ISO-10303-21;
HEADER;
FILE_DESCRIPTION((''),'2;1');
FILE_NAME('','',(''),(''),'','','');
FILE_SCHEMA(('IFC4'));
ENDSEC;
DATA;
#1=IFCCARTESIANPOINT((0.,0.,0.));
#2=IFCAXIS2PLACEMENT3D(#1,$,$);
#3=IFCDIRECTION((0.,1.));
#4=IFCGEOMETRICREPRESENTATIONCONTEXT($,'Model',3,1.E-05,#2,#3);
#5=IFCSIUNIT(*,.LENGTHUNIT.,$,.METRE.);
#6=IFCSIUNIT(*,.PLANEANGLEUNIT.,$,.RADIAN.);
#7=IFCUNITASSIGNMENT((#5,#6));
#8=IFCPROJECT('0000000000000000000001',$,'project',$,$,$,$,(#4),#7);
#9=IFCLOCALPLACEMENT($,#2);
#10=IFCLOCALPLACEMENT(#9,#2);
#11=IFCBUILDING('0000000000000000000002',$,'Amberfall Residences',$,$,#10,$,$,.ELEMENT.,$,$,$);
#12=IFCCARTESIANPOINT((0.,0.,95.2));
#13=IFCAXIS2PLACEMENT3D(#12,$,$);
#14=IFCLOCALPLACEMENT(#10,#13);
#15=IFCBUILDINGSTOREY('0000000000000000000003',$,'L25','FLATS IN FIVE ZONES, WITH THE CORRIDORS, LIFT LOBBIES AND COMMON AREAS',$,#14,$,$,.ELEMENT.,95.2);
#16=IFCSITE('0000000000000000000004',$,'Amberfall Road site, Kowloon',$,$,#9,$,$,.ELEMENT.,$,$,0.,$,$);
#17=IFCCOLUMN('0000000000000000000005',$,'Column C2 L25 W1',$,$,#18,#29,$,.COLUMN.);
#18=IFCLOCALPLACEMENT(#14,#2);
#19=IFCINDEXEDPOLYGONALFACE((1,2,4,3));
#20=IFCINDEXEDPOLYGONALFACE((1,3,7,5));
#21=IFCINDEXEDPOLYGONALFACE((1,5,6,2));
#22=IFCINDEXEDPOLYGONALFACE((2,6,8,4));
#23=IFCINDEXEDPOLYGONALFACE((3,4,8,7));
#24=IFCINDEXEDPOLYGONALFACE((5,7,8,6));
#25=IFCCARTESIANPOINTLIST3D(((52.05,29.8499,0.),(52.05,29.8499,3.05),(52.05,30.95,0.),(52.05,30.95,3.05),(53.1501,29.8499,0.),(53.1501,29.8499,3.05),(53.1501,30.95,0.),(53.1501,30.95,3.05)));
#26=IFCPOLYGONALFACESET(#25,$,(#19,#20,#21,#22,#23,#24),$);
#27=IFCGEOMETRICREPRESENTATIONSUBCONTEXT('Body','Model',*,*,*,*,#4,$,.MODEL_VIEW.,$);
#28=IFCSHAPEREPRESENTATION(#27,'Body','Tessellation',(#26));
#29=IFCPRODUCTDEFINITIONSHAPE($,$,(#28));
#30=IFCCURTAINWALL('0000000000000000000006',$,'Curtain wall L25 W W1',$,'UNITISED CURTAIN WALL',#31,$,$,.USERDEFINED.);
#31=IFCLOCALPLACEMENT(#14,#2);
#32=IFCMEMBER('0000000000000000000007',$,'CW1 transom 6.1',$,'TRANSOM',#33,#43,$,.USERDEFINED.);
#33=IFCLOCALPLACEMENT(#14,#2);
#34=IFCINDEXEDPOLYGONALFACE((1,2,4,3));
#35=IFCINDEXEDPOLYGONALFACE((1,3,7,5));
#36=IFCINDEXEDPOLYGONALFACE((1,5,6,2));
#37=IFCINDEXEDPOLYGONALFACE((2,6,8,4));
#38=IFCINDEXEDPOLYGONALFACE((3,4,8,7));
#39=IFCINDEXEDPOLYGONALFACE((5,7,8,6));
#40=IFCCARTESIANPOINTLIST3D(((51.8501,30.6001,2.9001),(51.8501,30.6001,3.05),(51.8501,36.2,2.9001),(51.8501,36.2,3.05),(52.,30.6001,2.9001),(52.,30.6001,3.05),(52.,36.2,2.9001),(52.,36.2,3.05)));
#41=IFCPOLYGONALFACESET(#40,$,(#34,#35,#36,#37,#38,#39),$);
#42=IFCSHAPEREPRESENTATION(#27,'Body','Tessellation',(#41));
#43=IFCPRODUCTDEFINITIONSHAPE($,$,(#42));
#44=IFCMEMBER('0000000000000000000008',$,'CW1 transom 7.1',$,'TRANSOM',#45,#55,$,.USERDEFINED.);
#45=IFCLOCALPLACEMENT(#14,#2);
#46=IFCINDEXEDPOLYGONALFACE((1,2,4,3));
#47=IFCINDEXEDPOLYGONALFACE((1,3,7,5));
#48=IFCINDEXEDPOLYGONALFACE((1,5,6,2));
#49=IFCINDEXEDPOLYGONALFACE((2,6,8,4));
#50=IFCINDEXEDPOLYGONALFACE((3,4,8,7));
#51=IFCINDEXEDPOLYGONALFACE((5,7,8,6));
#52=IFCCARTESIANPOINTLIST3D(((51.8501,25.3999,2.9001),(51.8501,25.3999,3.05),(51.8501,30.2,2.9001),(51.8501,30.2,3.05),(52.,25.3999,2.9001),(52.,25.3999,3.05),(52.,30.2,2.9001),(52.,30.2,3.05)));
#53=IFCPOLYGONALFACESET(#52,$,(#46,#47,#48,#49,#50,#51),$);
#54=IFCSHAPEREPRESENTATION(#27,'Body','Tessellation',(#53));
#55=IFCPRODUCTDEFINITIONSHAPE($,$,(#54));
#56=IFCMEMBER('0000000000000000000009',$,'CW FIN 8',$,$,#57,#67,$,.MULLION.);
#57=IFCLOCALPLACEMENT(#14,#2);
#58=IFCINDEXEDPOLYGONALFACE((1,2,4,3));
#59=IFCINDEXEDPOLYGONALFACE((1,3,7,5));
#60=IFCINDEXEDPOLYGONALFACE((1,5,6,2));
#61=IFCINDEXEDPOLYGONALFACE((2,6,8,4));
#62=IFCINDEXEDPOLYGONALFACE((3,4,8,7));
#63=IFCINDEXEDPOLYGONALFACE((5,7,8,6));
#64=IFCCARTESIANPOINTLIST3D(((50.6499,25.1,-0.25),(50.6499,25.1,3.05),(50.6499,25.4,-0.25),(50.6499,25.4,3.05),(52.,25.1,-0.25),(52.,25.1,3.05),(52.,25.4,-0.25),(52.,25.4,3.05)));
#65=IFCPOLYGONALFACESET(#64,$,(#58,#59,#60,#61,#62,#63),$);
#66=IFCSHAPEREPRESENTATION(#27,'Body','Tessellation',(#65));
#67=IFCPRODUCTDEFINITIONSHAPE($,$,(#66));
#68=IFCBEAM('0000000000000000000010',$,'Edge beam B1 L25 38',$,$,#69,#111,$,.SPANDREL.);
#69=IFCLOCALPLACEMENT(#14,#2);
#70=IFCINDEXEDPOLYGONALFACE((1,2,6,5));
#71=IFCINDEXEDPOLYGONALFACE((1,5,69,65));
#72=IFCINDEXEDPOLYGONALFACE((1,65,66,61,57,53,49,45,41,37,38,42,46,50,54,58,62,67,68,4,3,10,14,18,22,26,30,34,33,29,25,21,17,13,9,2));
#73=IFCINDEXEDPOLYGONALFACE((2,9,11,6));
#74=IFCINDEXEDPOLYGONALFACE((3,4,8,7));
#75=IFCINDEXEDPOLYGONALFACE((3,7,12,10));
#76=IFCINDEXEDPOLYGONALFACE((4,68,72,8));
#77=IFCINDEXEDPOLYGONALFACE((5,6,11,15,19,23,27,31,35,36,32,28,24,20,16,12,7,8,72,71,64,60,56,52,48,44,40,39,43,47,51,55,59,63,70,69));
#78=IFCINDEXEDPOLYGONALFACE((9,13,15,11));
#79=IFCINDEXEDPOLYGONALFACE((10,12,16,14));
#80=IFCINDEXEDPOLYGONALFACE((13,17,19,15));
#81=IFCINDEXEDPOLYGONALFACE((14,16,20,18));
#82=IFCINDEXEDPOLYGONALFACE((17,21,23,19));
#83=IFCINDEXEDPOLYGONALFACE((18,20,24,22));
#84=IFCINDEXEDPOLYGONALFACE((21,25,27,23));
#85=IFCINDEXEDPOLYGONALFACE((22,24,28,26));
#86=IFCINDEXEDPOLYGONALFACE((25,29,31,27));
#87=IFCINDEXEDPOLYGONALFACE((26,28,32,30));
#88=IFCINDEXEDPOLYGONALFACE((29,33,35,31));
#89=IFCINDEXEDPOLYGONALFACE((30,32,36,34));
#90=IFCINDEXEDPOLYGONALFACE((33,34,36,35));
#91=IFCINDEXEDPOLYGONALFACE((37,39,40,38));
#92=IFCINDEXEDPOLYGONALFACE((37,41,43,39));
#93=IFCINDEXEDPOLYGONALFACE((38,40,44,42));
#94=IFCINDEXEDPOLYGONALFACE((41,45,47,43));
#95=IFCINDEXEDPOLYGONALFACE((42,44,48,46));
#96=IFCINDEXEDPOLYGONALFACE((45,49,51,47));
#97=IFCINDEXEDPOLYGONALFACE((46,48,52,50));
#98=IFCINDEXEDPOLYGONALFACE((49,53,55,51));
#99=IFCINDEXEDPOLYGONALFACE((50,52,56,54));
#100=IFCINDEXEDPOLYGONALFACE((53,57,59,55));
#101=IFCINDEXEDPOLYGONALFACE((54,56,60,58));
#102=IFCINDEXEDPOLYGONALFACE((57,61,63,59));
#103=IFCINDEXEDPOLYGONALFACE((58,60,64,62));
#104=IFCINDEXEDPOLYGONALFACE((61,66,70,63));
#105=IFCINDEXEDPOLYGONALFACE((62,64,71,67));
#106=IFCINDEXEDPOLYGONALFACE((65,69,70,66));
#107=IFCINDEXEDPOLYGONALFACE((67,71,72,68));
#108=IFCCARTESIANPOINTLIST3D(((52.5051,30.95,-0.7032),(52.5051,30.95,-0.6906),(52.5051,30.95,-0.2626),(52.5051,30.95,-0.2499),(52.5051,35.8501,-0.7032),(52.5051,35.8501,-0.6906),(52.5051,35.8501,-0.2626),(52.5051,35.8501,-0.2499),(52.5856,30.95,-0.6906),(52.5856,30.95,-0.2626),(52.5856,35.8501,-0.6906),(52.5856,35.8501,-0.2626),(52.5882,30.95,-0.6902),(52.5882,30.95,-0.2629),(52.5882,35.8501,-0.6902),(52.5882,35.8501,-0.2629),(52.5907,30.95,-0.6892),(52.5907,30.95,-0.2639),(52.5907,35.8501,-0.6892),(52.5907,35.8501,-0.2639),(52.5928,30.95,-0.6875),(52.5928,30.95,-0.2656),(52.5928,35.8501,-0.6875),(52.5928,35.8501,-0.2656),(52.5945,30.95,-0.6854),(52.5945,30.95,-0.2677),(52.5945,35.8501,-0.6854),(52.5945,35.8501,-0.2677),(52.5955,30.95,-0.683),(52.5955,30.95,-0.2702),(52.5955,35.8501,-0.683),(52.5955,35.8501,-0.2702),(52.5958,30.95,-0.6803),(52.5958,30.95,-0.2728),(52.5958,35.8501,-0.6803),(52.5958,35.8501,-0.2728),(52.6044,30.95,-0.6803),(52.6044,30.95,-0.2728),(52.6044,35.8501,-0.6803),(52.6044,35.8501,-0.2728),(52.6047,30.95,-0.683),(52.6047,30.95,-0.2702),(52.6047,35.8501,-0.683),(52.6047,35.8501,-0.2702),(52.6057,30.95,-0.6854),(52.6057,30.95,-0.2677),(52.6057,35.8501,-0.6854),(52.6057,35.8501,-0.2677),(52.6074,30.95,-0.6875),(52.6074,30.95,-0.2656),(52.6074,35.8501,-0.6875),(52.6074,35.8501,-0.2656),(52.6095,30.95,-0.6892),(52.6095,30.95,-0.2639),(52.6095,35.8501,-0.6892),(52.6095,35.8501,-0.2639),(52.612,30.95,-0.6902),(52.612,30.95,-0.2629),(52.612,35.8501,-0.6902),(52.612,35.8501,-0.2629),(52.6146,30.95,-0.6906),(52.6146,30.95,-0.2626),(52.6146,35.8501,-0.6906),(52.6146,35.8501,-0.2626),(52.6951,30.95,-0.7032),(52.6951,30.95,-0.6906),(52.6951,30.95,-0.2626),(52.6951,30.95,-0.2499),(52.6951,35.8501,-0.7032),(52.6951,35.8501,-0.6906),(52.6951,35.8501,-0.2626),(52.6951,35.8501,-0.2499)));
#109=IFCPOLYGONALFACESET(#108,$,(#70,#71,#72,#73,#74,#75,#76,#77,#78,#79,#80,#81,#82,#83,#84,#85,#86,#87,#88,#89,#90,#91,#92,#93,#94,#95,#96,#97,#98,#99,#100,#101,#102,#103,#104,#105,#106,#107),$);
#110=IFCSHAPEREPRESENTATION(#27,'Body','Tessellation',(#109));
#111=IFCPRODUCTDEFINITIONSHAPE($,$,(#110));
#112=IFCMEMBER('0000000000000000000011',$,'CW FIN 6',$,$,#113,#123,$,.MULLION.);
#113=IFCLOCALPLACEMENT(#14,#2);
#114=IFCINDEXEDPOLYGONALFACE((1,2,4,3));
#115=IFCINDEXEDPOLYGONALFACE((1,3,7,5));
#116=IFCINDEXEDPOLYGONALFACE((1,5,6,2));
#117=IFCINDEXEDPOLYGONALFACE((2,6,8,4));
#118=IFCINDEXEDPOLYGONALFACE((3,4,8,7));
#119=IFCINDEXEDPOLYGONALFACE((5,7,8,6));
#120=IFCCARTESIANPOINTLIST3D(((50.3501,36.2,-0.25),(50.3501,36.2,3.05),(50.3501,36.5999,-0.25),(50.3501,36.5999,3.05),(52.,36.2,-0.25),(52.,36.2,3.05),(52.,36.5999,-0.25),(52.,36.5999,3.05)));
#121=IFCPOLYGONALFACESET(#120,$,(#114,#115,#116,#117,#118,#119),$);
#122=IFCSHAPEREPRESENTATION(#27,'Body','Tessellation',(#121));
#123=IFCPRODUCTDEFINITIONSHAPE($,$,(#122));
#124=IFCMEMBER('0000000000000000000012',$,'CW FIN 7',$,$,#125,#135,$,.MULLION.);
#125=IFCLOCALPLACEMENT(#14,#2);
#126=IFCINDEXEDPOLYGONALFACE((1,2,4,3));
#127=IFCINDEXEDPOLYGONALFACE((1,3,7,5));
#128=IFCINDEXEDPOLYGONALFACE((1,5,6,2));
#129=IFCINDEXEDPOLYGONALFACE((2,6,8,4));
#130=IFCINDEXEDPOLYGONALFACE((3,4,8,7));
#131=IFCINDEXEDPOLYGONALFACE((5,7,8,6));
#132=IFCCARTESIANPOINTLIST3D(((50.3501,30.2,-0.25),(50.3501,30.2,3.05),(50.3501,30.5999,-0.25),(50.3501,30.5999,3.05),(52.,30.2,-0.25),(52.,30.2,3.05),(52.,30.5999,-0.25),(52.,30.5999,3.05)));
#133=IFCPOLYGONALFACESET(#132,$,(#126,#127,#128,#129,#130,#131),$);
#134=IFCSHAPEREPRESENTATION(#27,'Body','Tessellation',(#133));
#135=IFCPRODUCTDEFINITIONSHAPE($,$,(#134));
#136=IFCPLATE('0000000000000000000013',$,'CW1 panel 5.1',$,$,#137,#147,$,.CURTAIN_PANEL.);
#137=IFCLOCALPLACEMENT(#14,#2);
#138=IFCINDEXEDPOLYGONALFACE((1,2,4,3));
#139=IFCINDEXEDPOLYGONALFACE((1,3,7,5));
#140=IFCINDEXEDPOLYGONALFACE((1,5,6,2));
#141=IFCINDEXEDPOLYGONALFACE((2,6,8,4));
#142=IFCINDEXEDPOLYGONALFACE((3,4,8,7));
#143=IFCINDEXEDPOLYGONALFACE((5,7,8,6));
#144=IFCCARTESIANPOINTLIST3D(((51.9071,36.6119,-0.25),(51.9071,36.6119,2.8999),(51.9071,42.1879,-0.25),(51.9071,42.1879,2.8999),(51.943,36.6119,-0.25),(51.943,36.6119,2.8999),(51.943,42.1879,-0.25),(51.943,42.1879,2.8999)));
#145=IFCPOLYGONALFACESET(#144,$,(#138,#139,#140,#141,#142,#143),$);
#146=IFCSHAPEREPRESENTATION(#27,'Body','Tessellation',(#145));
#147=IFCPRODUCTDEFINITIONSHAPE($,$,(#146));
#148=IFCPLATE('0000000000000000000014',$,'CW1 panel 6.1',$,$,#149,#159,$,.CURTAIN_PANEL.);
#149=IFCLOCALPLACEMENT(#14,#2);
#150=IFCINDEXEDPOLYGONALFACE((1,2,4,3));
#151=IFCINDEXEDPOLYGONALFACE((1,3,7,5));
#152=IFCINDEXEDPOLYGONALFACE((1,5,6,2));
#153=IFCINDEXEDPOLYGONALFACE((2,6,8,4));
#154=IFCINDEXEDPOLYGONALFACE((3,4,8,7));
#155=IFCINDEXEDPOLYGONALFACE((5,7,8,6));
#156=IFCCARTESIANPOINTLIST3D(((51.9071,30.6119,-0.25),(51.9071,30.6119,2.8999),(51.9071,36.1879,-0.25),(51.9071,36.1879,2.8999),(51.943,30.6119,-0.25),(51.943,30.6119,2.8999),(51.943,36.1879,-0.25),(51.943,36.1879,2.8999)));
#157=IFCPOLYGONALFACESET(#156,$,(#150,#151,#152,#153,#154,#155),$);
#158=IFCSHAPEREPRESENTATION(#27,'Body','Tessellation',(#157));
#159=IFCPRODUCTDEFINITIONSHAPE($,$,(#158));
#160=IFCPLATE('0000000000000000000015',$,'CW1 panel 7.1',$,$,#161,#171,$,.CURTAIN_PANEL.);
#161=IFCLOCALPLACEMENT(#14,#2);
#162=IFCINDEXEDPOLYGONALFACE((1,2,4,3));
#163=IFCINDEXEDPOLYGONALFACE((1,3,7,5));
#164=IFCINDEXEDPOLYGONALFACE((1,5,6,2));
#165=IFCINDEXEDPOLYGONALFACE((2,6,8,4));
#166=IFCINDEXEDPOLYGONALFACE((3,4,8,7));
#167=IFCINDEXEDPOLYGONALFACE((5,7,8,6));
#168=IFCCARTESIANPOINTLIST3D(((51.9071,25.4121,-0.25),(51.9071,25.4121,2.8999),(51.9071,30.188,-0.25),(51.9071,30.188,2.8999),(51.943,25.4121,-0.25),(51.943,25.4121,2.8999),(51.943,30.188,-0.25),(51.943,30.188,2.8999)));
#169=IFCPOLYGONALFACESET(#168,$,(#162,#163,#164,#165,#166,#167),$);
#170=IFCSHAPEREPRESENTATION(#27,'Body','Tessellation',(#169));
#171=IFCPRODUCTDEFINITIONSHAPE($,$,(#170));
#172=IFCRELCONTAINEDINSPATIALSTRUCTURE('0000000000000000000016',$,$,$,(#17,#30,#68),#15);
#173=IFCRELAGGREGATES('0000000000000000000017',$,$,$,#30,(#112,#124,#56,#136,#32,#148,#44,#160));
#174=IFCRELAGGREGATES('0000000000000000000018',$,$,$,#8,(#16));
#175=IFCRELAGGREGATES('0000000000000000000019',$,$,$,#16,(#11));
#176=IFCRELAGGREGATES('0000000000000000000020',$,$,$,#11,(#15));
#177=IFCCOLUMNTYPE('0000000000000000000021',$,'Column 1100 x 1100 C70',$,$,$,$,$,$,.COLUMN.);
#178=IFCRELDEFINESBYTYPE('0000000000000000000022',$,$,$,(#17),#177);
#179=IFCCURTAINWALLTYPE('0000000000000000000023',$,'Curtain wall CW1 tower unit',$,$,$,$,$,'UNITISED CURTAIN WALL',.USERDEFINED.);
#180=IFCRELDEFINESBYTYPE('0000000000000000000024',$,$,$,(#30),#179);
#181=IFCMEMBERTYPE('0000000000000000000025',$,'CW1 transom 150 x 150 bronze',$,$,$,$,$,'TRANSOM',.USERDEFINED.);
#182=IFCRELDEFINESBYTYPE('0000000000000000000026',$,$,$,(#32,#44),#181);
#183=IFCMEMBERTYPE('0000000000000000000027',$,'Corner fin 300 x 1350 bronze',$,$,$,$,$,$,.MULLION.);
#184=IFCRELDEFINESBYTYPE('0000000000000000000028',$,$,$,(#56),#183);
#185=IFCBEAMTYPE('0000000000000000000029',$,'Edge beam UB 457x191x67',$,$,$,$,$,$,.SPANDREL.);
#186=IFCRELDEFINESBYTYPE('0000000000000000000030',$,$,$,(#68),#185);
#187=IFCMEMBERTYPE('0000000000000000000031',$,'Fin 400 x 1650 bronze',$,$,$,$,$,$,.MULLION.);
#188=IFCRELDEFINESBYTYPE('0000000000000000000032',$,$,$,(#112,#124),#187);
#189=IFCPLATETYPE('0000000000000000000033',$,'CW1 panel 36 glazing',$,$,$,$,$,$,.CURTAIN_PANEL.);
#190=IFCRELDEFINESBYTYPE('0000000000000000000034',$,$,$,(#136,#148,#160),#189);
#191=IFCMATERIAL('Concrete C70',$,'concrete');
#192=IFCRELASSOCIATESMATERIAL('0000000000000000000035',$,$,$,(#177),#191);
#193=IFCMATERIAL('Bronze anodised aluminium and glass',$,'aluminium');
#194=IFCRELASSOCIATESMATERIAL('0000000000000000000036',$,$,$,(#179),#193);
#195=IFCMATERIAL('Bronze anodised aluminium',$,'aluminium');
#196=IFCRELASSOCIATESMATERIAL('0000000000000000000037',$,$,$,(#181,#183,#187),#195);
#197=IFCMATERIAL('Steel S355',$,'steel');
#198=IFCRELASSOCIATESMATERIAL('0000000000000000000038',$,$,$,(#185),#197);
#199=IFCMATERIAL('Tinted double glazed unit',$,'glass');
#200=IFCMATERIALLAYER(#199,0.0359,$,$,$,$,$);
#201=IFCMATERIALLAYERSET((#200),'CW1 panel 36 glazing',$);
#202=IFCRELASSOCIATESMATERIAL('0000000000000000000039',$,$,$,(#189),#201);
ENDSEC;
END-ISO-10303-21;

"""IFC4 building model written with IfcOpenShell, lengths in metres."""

from ifc_helpers import new_model, si_unit, direction, frame, origin, origin_2d, place, context, subcontext, project, spatial, rectangle, i_section, extrude, material, layer, layer_set, material_profile, profile_set, type_object, element, aggregate, save


model = new_model("IFC4")

# Units and contexts
model_context = context("Model", 3, precision=1e-05, world=origin(), true_north=direction((0.0, 1.0)))
body_context = subcontext(model_context, "Body", "Model", "MODEL_VIEW")
ifc_project = project(units=[si_unit("LENGTHUNIT", "METRE"), si_unit("PLANEANGLEUNIT", "RADIAN")], contexts=[model_context])

# Site, building, storey
site_placement = place(None, origin())
site = spatial("IfcSite", under=ifc_project, at=site_placement, Name="Amberfall Road site, Kowloon", CompositionType="ELEMENT", RefElevation=0.0)
building_placement = place(site_placement, origin())
building = spatial("IfcBuilding", under=site, at=building_placement, Name="Amberfall Residences", CompositionType="ELEMENT")
storey_placement = place(building_placement, frame((0.0, 0.0, 95.2)))
storey = spatial("IfcBuildingStorey", under=building, at=storey_placement, Name="L25", Description="FLATS IN FIVE ZONES, WITH THE CORRIDORS, LIFT LOBBIES AND COMMON AREAS", CompositionType="ELEMENT", Elevation=95.2)

# Column
ifc_material_1 = material(Name="Concrete C70", Category="concrete")
ifc_material_profile_1 = material_profile(ifc_material_1, rectangle(XDim=1.1001, YDim=1.1001, at=origin_2d()), Name="Column 1100 x 1100 C70")
ifc_profile_set_1 = profile_set([ifc_material_profile_1], Name="Concrete C70")
column_type = type_object("IfcColumnType", Name="Column 1100 x 1100 C70", PredefinedType="COLUMN", material=ifc_profile_set_1)
column_placement = place(storey_placement, frame((52.6001, 30.3999, 0.0), z_axis=(0.0, 0.0, 1.0), x_axis=(1.0, 0.0, 0.0)))
element("IfcColumn", 1, at=column_placement, inside=storey, type_object=column_type, Name="Column C2 L25 W1", PredefinedType="COLUMN", context=body_context, shape_type="SweptSolid", body=[
    extrude(rectangle(XDim=1.1001, YDim=1.1001, at=origin_2d()), origin(), (0.0, 0.0, 1.0), 3.05),
])

# Curtain wall, members
ifc_material_2 = material(Name="Bronze anodised aluminium and glass", Category="aluminium")
curtain_wall_type = type_object("IfcCurtainWallType", Name="Curtain wall CW1 tower unit", ElementType="UNITISED CURTAIN WALL", PredefinedType="USERDEFINED", material=ifc_material_2)
curtain_wall_placement = place(storey_placement, origin())
curtain_wall = element("IfcCurtainWall", 2, at=curtain_wall_placement, inside=storey, type_object=curtain_wall_type, Name="Curtain wall L25 W W1", ObjectType="UNITISED CURTAIN WALL", PredefinedType="USERDEFINED")
ifc_material_3 = material(Name="Bronze anodised aluminium", Category="aluminium")
ifc_material_profile_2 = material_profile(ifc_material_3, rectangle(XDim=0.1499, YDim=0.1499, at=origin_2d()), Name="CW1 transom 150 x 150 bronze")
ifc_profile_set_2 = profile_set([ifc_material_profile_2], Name="Bronze anodised aluminium")
member_type_1 = type_object("IfcMemberType", Name="CW1 transom 150 x 150 bronze", ElementType="TRANSOM", PredefinedType="USERDEFINED", material=ifc_profile_set_2)
member_1_placement = place(storey_placement, frame((51.925, 36.2, 2.9751), z_axis=(0.0, -1.0, 0.0), x_axis=(1.0, 0.0, 0.0)))
member_1 = element("IfcMember", 3, at=member_1_placement, type_object=member_type_1, Name="CW1 transom 6.1", ObjectType="TRANSOM", PredefinedType="USERDEFINED", context=body_context, shape_type="SweptSolid", body=[
    extrude(rectangle(XDim=0.1499, YDim=0.1499, at=origin_2d()), origin(), (0.0, 0.0, 1.0), 5.5999),
])
member_2_placement = place(storey_placement, frame((51.925, 30.2, 2.9751), z_axis=(0.0, -1.0, 0.0), x_axis=(1.0, 0.0, 0.0)))
member_2 = element("IfcMember", 4, at=member_2_placement, type_object=member_type_1, Name="CW1 transom 7.1", ObjectType="TRANSOM", PredefinedType="USERDEFINED", context=body_context, shape_type="SweptSolid", body=[
    extrude(rectangle(XDim=0.1499, YDim=0.1499, at=origin_2d()), origin(), (0.0, 0.0, 1.0), 4.8),
])
ifc_material_profile_3 = material_profile(ifc_material_3, rectangle(XDim=1.3501, YDim=0.3, at=origin_2d()), Name="Corner fin 300 x 1350 bronze")
ifc_profile_set_3 = profile_set([ifc_material_profile_3], Name="Bronze anodised aluminium")
member_type_2 = type_object("IfcMemberType", Name="Corner fin 300 x 1350 bronze", PredefinedType="MULLION", material=ifc_profile_set_3)
member_3_placement = place(storey_placement, frame((51.325, 25.25, -0.25), z_axis=(0.0, 0.0, 1.0), x_axis=(1.0, 0.0, 0.0)))
member_3 = element("IfcMember", 5, at=member_3_placement, type_object=member_type_2, Name="CW FIN 8", PredefinedType="MULLION", context=body_context, shape_type="SweptSolid", body=[
    extrude(rectangle(XDim=1.3501, YDim=0.3, at=origin_2d()), origin(), (0.0, 0.0, 1.0), 3.3),
])

# Beam
ifc_material_4 = material(Name="Steel S355", Category="steel")
ifc_material_profile_4 = material_profile(ifc_material_4, i_section(OverallWidth=0.1899, OverallDepth=0.4534, WebThickness=0.0085, FlangeThickness=0.0127, FilletRadius=0.0103, at=origin_2d()), Name="UB 457x191x67")
ifc_profile_set_4 = profile_set([ifc_material_profile_4], Name="Steel S355")
beam_type = type_object("IfcBeamType", Name="Edge beam UB 457x191x67", PredefinedType="SPANDREL", material=ifc_profile_set_4)
beam_placement = place(storey_placement, frame((52.6001, 30.95, -0.4766), z_axis=(0.0, 1.0, 0.0), x_axis=(-1.0, 0.0, 0.0)))
element("IfcBeam", 6, at=beam_placement, inside=storey, type_object=beam_type, Name="Edge beam B1 L25 38", PredefinedType="SPANDREL", context=body_context, shape_type="SweptSolid", body=[
    extrude(i_section(OverallWidth=0.1899, OverallDepth=0.4534, WebThickness=0.0085, FlangeThickness=0.0127, FilletRadius=0.0103, at=origin_2d()), origin(), (0.0, 0.0, 1.0), 4.9001),
])

# Members
ifc_material_profile_5 = material_profile(ifc_material_3, rectangle(XDim=1.6499, YDim=0.3999, at=origin_2d()), Name="Fin 400 x 1650 bronze")
ifc_profile_set_5 = profile_set([ifc_material_profile_5], Name="Bronze anodised aluminium")
member_type_3 = type_object("IfcMemberType", Name="Fin 400 x 1650 bronze", PredefinedType="MULLION", material=ifc_profile_set_5)
member_4_placement = place(storey_placement, frame((51.175, 36.3999, -0.25), z_axis=(0.0, 0.0, 1.0), x_axis=(1.0, 0.0, 0.0)))
member_4 = element("IfcMember", 7, at=member_4_placement, type_object=member_type_3, Name="CW FIN 6", PredefinedType="MULLION", context=body_context, shape_type="SweptSolid", body=[
    extrude(rectangle(XDim=1.6499, YDim=0.3999, at=origin_2d()), origin(), (0.0, 0.0, 1.0), 3.3),
])
member_5_placement = place(storey_placement, frame((51.175, 30.3999, -0.25), z_axis=(0.0, 0.0, 1.0), x_axis=(1.0, 0.0, 0.0)))
member_5 = element("IfcMember", 8, at=member_5_placement, type_object=member_type_3, Name="CW FIN 7", PredefinedType="MULLION", context=body_context, shape_type="SweptSolid", body=[
    extrude(rectangle(XDim=1.6499, YDim=0.3999, at=origin_2d()), origin(), (0.0, 0.0, 1.0), 3.3),
])

# Plates
ifc_material_5 = material(Name="Tinted double glazed unit", Category="glass")
ifc_layer_1 = layer(ifc_material_5, 0.0359)
ifc_layer_set_1 = layer_set([ifc_layer_1], Name="CW1 panel 36 glazing")
plate_type = type_object("IfcPlateType", Name="CW1 panel 36 glazing", PredefinedType="CURTAIN_PANEL", material=ifc_layer_set_1)
plate_1_placement = place(storey_placement, frame((51.925, 39.3999, -0.25), z_axis=(0.0, 0.0, 1.0), x_axis=(0.0, -1.0, 0.0)))
plate_1 = element("IfcPlate", 9, at=plate_1_placement, type_object=plate_type, Name="CW1 panel 5.1", PredefinedType="CURTAIN_PANEL", context=body_context, shape_type="SweptSolid", body=[
    extrude(rectangle(XDim=5.5759, YDim=0.0359, at=origin_2d()), origin(), (0.0, 0.0, 1.0), 3.1499),
])
plate_2_placement = place(storey_placement, frame((51.925, 33.3999, -0.25), z_axis=(0.0, 0.0, 1.0), x_axis=(0.0, -1.0, 0.0)))
plate_2 = element("IfcPlate", 10, at=plate_2_placement, type_object=plate_type, Name="CW1 panel 6.1", PredefinedType="CURTAIN_PANEL", context=body_context, shape_type="SweptSolid", body=[
    extrude(rectangle(XDim=5.5759, YDim=0.0359, at=origin_2d()), origin(), (0.0, 0.0, 1.0), 3.1499),
])
plate_3_placement = place(storey_placement, frame((51.925, 27.8, -0.25), z_axis=(0.0, 0.0, 1.0), x_axis=(0.0, -1.0, 0.0)))
plate_3 = element("IfcPlate", 11, at=plate_3_placement, type_object=plate_type, Name="CW1 panel 7.1", PredefinedType="CURTAIN_PANEL", context=body_context, shape_type="SweptSolid", body=[
    extrude(rectangle(XDim=4.7759, YDim=0.0359, at=origin_2d()), origin(), (0.0, 0.0, 1.0), 3.1499),
])
aggregate(curtain_wall, [member_4, member_5, member_3, plate_1, member_1, plate_2, member_2, plate_3])

save(model, "model.ifc")
